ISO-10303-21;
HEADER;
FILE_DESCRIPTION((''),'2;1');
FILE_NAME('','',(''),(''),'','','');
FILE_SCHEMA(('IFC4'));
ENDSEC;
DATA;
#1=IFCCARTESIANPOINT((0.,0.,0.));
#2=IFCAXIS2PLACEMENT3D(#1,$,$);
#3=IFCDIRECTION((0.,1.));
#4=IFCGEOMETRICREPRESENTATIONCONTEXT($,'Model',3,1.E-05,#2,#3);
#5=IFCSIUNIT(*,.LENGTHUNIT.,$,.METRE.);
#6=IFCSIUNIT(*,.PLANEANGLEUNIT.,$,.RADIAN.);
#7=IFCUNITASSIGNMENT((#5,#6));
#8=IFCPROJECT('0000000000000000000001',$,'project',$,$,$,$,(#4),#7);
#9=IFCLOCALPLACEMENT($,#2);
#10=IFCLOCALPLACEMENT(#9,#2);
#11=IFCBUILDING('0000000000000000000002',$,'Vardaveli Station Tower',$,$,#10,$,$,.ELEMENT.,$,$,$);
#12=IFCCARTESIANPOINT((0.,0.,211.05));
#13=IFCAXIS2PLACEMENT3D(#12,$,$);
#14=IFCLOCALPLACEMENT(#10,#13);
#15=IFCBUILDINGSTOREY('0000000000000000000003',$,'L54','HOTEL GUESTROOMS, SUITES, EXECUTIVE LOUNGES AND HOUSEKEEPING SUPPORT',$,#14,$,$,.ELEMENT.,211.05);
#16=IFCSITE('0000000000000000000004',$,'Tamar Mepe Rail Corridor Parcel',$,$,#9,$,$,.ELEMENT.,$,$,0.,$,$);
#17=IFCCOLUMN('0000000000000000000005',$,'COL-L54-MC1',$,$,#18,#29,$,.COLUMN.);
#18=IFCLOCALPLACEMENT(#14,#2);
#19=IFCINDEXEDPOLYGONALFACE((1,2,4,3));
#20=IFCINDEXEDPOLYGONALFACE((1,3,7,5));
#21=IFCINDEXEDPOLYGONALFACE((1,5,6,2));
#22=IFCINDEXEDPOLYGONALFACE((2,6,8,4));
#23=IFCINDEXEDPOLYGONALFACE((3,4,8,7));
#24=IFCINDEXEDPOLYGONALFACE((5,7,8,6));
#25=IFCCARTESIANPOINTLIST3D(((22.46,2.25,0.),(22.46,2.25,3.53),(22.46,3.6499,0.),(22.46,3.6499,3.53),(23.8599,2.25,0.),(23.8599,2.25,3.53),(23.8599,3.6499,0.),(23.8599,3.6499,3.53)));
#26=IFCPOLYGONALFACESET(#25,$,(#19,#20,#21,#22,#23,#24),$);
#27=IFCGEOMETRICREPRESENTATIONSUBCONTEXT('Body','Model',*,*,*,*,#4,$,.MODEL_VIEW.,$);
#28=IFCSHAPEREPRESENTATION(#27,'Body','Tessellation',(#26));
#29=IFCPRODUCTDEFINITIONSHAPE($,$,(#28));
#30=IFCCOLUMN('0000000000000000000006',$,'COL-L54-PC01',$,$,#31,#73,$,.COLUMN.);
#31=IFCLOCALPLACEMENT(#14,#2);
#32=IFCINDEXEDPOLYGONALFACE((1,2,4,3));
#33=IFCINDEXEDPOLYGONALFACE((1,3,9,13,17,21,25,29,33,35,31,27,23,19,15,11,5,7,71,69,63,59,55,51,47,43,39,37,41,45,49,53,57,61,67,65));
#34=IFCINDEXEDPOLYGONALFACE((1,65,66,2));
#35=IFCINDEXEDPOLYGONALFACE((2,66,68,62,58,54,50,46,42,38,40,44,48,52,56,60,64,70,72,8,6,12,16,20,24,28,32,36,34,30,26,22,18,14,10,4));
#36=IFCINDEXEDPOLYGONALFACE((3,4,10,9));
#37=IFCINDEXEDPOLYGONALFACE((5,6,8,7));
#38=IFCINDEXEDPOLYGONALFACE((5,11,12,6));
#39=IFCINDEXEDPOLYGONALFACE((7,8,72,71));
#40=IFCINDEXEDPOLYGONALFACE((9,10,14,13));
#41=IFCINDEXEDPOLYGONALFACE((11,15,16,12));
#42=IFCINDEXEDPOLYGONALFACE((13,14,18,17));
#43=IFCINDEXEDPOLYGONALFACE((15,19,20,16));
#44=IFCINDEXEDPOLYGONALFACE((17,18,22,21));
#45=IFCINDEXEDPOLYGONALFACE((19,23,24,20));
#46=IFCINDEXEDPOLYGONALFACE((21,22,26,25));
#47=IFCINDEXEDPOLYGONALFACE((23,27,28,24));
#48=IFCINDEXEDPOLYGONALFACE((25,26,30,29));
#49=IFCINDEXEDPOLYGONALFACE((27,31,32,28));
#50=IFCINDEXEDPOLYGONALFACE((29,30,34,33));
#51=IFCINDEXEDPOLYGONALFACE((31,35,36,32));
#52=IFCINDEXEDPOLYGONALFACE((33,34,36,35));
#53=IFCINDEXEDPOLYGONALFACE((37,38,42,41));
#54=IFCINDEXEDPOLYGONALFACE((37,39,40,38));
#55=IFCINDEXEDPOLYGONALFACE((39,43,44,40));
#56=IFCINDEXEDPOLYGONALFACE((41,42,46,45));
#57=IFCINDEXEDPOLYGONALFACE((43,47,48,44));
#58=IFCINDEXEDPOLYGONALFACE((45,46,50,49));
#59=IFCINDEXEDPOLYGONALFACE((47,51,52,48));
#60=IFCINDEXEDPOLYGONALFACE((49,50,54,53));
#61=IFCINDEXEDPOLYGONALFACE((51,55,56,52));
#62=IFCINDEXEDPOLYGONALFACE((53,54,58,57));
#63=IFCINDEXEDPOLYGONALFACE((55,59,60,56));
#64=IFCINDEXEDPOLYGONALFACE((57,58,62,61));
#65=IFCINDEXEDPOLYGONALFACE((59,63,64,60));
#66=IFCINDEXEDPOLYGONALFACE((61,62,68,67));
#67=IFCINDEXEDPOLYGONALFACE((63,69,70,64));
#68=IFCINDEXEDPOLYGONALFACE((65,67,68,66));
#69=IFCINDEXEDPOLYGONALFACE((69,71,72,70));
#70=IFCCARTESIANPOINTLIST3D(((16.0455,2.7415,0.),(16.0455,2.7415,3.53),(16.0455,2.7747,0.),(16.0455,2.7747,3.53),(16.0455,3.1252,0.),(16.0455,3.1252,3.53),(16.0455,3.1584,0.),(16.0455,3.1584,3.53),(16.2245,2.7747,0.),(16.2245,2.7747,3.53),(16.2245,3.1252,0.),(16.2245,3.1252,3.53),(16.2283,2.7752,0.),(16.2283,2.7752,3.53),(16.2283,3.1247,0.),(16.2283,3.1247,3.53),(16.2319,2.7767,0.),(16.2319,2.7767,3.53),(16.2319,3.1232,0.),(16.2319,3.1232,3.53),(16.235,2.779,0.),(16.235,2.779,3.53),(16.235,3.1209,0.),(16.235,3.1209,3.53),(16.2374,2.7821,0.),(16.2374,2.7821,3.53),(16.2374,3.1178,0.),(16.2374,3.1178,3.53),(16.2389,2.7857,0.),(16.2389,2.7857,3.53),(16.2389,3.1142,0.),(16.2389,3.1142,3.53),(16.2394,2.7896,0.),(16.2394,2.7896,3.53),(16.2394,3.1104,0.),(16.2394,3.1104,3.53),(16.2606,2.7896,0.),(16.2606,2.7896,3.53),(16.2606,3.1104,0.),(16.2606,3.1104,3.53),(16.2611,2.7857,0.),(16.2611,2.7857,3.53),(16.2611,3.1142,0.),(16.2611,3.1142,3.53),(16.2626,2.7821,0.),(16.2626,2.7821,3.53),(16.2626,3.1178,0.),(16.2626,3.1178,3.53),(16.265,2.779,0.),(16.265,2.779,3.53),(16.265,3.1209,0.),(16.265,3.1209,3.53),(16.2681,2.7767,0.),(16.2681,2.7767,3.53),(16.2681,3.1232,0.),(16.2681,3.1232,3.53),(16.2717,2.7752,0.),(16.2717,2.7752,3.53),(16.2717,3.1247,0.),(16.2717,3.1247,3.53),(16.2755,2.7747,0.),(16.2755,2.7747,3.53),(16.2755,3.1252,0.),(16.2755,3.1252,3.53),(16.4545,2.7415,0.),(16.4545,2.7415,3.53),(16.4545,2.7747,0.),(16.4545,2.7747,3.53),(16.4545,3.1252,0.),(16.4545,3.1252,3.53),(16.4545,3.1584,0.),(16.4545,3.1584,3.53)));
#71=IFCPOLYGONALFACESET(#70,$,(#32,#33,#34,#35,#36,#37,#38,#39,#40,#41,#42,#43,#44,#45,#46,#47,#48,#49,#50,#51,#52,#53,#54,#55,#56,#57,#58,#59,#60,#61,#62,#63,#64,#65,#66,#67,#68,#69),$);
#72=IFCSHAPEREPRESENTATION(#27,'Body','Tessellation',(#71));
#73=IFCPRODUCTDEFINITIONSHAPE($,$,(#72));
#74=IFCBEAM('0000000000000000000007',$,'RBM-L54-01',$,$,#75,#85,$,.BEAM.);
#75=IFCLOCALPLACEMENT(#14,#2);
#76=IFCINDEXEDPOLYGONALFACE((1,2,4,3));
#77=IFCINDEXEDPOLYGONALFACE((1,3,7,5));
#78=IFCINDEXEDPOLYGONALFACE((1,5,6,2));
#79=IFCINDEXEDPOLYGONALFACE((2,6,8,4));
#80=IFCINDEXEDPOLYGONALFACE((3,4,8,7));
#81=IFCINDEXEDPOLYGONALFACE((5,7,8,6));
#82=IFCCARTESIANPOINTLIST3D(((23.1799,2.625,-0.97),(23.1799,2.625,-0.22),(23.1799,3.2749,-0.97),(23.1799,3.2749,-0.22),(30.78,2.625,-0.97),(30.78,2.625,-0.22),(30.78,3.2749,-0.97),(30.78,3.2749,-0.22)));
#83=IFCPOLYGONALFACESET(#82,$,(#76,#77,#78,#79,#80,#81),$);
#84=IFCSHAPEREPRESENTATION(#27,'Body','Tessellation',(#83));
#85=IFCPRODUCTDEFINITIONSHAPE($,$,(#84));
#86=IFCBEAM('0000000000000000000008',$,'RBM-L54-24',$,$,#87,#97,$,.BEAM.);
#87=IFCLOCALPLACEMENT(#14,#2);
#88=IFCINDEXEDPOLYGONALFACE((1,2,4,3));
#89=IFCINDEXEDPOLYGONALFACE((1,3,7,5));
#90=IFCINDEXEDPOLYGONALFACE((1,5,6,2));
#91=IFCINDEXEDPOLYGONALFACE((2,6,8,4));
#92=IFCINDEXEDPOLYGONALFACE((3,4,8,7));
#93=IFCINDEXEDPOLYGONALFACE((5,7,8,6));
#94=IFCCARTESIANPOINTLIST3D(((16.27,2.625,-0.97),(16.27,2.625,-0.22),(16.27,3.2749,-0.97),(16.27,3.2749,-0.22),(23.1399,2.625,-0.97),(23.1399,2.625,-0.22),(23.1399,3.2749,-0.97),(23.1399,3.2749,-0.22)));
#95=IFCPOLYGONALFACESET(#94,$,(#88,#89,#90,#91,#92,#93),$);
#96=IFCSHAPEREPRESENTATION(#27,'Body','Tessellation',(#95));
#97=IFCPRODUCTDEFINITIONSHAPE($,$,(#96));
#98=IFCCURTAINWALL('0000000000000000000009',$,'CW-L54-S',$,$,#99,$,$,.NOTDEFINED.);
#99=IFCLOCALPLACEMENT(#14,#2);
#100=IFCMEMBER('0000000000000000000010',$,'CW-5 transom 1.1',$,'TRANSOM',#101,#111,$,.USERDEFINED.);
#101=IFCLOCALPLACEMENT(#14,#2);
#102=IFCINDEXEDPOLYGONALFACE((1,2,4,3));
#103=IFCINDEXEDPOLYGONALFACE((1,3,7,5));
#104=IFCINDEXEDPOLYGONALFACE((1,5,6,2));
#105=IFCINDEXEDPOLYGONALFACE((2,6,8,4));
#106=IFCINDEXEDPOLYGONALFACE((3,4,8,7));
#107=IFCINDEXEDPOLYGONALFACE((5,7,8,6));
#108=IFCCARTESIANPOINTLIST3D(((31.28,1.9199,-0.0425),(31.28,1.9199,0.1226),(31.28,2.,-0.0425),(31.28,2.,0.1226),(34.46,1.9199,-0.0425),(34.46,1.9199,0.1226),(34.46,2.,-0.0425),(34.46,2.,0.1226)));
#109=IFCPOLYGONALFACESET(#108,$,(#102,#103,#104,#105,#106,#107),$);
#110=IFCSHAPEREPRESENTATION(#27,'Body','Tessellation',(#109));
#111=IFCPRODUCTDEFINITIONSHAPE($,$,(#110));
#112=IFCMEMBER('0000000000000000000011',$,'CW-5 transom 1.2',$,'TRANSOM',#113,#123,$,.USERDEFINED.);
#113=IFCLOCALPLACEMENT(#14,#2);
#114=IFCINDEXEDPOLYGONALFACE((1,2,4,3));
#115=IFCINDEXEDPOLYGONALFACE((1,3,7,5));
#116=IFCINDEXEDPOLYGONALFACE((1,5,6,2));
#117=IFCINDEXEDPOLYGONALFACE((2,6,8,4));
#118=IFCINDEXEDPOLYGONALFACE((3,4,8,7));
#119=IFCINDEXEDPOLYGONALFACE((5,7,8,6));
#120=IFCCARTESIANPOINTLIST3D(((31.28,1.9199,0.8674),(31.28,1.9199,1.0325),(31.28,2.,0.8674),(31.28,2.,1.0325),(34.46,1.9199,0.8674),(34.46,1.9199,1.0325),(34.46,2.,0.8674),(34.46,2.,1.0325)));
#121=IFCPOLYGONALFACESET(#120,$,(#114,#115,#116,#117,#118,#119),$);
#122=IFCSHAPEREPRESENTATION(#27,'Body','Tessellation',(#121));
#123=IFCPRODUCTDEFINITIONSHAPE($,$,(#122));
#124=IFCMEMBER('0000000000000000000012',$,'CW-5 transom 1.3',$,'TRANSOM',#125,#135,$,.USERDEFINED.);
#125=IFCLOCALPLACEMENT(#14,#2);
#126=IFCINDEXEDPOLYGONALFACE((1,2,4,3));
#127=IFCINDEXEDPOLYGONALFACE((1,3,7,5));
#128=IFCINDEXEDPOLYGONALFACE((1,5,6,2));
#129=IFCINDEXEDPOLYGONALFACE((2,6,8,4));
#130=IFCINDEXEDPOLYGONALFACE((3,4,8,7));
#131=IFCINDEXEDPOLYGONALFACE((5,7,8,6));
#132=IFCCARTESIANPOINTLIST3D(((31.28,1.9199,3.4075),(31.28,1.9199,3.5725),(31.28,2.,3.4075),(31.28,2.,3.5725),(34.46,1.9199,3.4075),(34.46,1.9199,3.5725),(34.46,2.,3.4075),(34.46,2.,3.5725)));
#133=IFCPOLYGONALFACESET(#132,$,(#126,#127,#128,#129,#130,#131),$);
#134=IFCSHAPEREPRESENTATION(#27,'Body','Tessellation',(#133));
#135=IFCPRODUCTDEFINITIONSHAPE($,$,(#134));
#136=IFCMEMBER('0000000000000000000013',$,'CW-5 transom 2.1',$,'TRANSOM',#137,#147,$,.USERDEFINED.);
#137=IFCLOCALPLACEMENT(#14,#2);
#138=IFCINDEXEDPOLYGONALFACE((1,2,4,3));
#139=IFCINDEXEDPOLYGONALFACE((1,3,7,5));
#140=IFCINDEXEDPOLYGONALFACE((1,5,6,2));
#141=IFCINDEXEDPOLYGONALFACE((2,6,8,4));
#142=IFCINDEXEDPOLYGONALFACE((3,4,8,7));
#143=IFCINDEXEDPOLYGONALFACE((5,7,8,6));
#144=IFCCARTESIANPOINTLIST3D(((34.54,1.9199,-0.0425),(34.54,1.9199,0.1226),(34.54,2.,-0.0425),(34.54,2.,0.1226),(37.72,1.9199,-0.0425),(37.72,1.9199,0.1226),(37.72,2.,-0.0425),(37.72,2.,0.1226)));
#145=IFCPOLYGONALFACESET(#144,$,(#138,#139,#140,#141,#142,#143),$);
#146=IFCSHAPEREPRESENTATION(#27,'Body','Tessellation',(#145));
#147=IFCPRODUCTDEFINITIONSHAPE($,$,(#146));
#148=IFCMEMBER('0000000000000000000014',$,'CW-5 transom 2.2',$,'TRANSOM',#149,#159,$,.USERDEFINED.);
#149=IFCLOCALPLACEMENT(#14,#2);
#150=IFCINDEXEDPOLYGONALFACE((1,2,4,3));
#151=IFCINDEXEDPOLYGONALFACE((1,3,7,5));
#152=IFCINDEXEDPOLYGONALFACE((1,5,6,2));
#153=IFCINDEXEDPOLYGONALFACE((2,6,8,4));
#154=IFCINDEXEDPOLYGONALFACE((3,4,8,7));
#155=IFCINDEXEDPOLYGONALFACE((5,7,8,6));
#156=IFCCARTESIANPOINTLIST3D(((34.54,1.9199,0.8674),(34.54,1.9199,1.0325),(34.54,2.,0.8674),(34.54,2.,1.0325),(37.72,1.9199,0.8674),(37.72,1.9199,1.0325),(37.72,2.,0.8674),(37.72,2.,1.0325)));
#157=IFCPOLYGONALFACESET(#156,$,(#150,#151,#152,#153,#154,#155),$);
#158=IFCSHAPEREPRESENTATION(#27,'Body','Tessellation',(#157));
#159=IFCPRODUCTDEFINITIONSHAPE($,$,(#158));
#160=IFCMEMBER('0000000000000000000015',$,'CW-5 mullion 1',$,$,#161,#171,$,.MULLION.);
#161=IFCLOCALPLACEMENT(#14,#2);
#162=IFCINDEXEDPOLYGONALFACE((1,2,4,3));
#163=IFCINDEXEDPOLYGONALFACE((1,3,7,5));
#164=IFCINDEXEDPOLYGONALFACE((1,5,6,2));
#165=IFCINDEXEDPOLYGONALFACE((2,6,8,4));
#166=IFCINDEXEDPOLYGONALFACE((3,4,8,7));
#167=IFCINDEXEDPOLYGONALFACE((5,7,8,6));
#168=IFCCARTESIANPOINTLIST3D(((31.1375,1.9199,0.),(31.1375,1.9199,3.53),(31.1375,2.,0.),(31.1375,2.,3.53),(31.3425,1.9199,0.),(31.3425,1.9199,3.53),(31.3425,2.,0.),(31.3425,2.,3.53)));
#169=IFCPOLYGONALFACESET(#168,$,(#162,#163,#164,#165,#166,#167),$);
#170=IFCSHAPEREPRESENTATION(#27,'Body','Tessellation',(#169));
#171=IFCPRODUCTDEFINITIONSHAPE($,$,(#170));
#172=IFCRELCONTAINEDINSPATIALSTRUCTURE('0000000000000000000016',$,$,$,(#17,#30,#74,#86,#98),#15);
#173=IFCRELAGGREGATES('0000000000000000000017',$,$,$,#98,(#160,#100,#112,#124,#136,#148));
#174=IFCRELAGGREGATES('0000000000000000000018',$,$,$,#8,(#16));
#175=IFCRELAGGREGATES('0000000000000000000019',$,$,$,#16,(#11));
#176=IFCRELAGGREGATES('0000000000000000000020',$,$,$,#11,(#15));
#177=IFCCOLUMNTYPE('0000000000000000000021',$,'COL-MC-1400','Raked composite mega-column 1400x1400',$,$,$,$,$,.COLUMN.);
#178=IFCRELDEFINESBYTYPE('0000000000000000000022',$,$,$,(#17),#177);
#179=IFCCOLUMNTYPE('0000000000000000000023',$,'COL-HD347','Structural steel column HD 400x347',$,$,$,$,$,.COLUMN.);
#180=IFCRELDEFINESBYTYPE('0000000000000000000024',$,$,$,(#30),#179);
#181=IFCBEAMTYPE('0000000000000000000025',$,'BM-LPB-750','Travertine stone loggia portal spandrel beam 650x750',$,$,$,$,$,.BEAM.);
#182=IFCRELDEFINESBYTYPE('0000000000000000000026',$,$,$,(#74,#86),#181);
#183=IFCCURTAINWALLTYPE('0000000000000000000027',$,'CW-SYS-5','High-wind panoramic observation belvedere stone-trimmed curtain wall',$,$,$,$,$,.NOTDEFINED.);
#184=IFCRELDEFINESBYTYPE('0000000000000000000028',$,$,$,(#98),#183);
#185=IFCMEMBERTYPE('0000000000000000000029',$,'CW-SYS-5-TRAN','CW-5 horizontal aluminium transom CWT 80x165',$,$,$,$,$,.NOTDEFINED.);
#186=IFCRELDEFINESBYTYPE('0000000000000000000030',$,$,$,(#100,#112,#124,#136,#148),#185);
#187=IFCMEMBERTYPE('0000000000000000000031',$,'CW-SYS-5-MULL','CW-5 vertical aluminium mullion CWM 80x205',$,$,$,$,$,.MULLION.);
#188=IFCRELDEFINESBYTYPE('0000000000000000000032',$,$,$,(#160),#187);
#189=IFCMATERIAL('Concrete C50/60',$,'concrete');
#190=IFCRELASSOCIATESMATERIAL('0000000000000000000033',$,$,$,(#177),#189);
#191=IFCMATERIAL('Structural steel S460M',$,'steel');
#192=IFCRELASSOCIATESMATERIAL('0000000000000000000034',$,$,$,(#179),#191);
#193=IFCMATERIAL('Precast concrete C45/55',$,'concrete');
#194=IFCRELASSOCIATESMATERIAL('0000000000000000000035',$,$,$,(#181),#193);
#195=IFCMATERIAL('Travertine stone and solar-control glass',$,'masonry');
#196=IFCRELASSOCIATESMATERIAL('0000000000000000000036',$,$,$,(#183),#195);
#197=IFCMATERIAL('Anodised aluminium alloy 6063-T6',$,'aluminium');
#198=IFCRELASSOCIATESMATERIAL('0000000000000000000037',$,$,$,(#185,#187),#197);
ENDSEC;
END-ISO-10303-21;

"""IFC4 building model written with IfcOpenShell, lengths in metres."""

from ifc_helpers import new_model, si_unit, direction, frame, origin, origin_2d, place, context, subcontext, project, spatial, rectangle, i_section, extrude, source, transform, mapped, material, material_profile, profile_set, type_object, element, aggregate, save


model = new_model("IFC4")

# Units and contexts
model_context = context("Model", 3, precision=1e-05, world=origin(), true_north=direction((0.0, 1.0)))
body_context = subcontext(model_context, "Body", "Model", "MODEL_VIEW")
ifc_project = project(units=[si_unit("LENGTHUNIT", "METRE"), si_unit("PLANEANGLEUNIT", "RADIAN")], contexts=[model_context])

# Site, building, storey
site_placement = place(None, origin())
site = spatial("IfcSite", under=ifc_project, at=site_placement, Name="Tamar Mepe Rail Corridor Parcel", CompositionType="ELEMENT", RefElevation=0.0)
building_placement = place(site_placement, origin())
building = spatial("IfcBuilding", under=site, at=building_placement, Name="Vardaveli Station Tower", CompositionType="ELEMENT")
storey_placement = place(building_placement, frame((0.0, 0.0, 211.05)))
storey = spatial("IfcBuildingStorey", under=building, at=storey_placement, Name="L54", Description="HOTEL GUESTROOMS, SUITES, EXECUTIVE LOUNGES AND HOUSEKEEPING SUPPORT", CompositionType="ELEMENT", Elevation=211.05)

# Columns
ifc_material_1 = material(Name="Concrete C50/60", Category="concrete")
ifc_material_profile_1 = material_profile(ifc_material_1, rectangle(XDim=1.3999, YDim=1.3999, at=origin_2d()), Name="MC 1400x1400")
ifc_profile_set_1 = profile_set([ifc_material_profile_1], Name="Concrete C50/60")
column_type_1 = type_object("IfcColumnType", Name="COL-MC-1400", Description="Raked composite mega-column 1400x1400", PredefinedType="COLUMN", material=ifc_profile_set_1)
shared_shape_1 = source(origin(), body_context, "Body", "SweptSolid", [
    extrude(rectangle(XDim=1.3999, YDim=1.3999, at=origin_2d()), origin(), (0.0, 0.0, 1.0), 3.53),
])
column_1_placement = place(storey_placement, frame((23.1599, 2.95, 0.0), z_axis=(0.0, 0.0, 1.0), x_axis=(1.0, 0.0, 0.0)))
element("IfcColumn", 1, at=column_1_placement, inside=storey, type_object=column_type_1, Name="COL-L54-MC1", PredefinedType="COLUMN", context=body_context, shape_type="MappedRepresentation", body=[
    mapped(shared_shape_1, transform((0.0, 0.0, 0.0), scale=1.0)),
])
ifc_material_2 = material(Name="Structural steel S460M", Category="steel")
ifc_material_profile_2 = material_profile(ifc_material_2, i_section(OverallWidth=0.4089, OverallDepth=0.417, WebThickness=0.0212, FlangeThickness=0.0332, FilletRadius=0.0149, at=origin_2d()), Name="HD 400x347")
ifc_profile_set_2 = profile_set([ifc_material_profile_2], Name="Structural steel S460M")
column_type_2 = type_object("IfcColumnType", Name="COL-HD347", Description="Structural steel column HD 400x347", PredefinedType="COLUMN", material=ifc_profile_set_2)
shared_shape_2 = source(origin(), body_context, "Body", "SweptSolid", [
    extrude(i_section(OverallWidth=0.4089, OverallDepth=0.417, WebThickness=0.0212, FlangeThickness=0.0332, FilletRadius=0.0149, at=origin_2d()), origin(), (0.0, 0.0, 1.0), 3.53),
])
column_2_placement = place(storey_placement, frame((16.25, 2.95, 0.0), z_axis=(0.0, 0.0, 1.0), x_axis=(1.0, 0.0, 0.0)))
element("IfcColumn", 2, at=column_2_placement, inside=storey, type_object=column_type_2, Name="COL-L54-PC01", PredefinedType="COLUMN", context=body_context, shape_type="MappedRepresentation", body=[
    mapped(shared_shape_2, transform((0.0, 0.0, 0.0), scale=1.0)),
])

# Beams
ifc_material_3 = material(Name="Precast concrete C45/55", Category="concrete")
ifc_material_profile_3 = material_profile(ifc_material_3, rectangle(XDim=0.6499, YDim=0.75, at=origin_2d()), Name="LPB 650x750")
ifc_profile_set_3 = profile_set([ifc_material_profile_3], Name="Precast concrete C45/55")
beam_type = type_object("IfcBeamType", Name="BM-LPB-750", Description="Travertine stone loggia portal spandrel beam 650x750", PredefinedType="BEAM", material=ifc_profile_set_3)
shared_shape_3 = source(origin(), body_context, "Body", "SweptSolid", [
    extrude(rectangle(XDim=0.6499, YDim=0.75, at=origin_2d()), origin(), (0.0, 0.0, 1.0), 7.6001),
])
beam_1_placement = place(storey_placement, frame((23.1799, 2.95, -0.595), z_axis=(1.0, 0.0, 0.0), x_axis=(0.0, 1.0, 0.0)))
element("IfcBeam", 3, at=beam_1_placement, inside=storey, type_object=beam_type, Name="RBM-L54-01", PredefinedType="BEAM", context=body_context, shape_type="MappedRepresentation", body=[
    mapped(shared_shape_3, transform((0.0, 0.0, 0.0), scale=1.0)),
])
shared_shape_4 = source(origin(), body_context, "Body", "SweptSolid", [
    extrude(rectangle(XDim=0.6499, YDim=0.75, at=origin_2d()), origin(), (0.0, 0.0, 1.0), 6.8699),
])
beam_2_placement = place(storey_placement, frame((16.27, 2.95, -0.595), z_axis=(1.0, 0.0, 0.0), x_axis=(0.0, 1.0, 0.0)))
element("IfcBeam", 4, at=beam_2_placement, inside=storey, type_object=beam_type, Name="RBM-L54-24", PredefinedType="BEAM", context=body_context, shape_type="MappedRepresentation", body=[
    mapped(shared_shape_4, transform((0.0, 0.0, 0.0), scale=1.0)),
])

# Curtain wall, members
ifc_material_4 = material(Name="Travertine stone and solar-control glass", Category="masonry")
curtain_wall_type = type_object("IfcCurtainWallType", Name="CW-SYS-5", Description="High-wind panoramic observation belvedere stone-trimmed curtain wall", PredefinedType="NOTDEFINED", material=ifc_material_4)
curtain_wall_placement = place(storey_placement, origin())
curtain_wall = element("IfcCurtainWall", 5, at=curtain_wall_placement, inside=storey, type_object=curtain_wall_type, Name="CW-L54-S", PredefinedType="NOTDEFINED")
ifc_material_5 = material(Name="Anodised aluminium alloy 6063-T6", Category="aluminium")
ifc_material_profile_4 = material_profile(ifc_material_5, rectangle(XDim=0.0801, YDim=0.165, at=origin_2d()), Name="CWT 80x165")
ifc_profile_set_4 = profile_set([ifc_material_profile_4], Name="Anodised aluminium alloy 6063-T6")
member_type_1 = type_object("IfcMemberType", Name="CW-SYS-5-TRAN", Description="CW-5 horizontal aluminium transom CWT 80x165", PredefinedType="NOTDEFINED", material=ifc_profile_set_4)
shared_shape_5 = source(origin(), body_context, "Body", "SweptSolid", [
    extrude(rectangle(XDim=0.0801, YDim=0.165, at=origin_2d()), origin(), (0.0, 0.0, 1.0), 3.1799),
])
member_1_placement = place(storey_placement, frame((31.28, 1.96, 0.04), z_axis=(1.0, 0.0, 0.0), x_axis=(0.0, 1.0, 0.0)))
member_1 = element("IfcMember", 6, at=member_1_placement, type_object=member_type_1, Name="CW-5 transom 1.1", ObjectType="TRANSOM", PredefinedType="USERDEFINED", context=body_context, shape_type="MappedRepresentation", body=[
    mapped(shared_shape_5, transform((0.0, 0.0, 0.0), scale=1.0)),
])
member_2_placement = place(storey_placement, frame((31.28, 1.96, 0.95), z_axis=(1.0, 0.0, 0.0), x_axis=(0.0, 1.0, 0.0)))
member_2 = element("IfcMember", 7, at=member_2_placement, type_object=member_type_1, Name="CW-5 transom 1.2", ObjectType="TRANSOM", PredefinedType="USERDEFINED", context=body_context, shape_type="MappedRepresentation", body=[
    mapped(shared_shape_5, transform((0.0, 0.0, 0.0), scale=1.0)),
])
member_3_placement = place(storey_placement, frame((31.28, 1.96, 3.49), z_axis=(1.0, 0.0, 0.0), x_axis=(0.0, 1.0, 0.0)))
member_3 = element("IfcMember", 8, at=member_3_placement, type_object=member_type_1, Name="CW-5 transom 1.3", ObjectType="TRANSOM", PredefinedType="USERDEFINED", context=body_context, shape_type="MappedRepresentation", body=[
    mapped(shared_shape_5, transform((0.0, 0.0, 0.0), scale=1.0)),
])
member_4_placement = place(storey_placement, frame((34.54, 1.96, 0.04), z_axis=(1.0, 0.0, 0.0), x_axis=(0.0, 1.0, 0.0)))
member_4 = element("IfcMember", 9, at=member_4_placement, type_object=member_type_1, Name="CW-5 transom 2.1", ObjectType="TRANSOM", PredefinedType="USERDEFINED", context=body_context, shape_type="MappedRepresentation", body=[
    mapped(shared_shape_5, transform((0.0, 0.0, 0.0), scale=1.0)),
])
member_5_placement = place(storey_placement, frame((34.54, 1.96, 0.95), z_axis=(1.0, 0.0, 0.0), x_axis=(0.0, 1.0, 0.0)))
member_5 = element("IfcMember", 10, at=member_5_placement, type_object=member_type_1, Name="CW-5 transom 2.2", ObjectType="TRANSOM", PredefinedType="USERDEFINED", context=body_context, shape_type="MappedRepresentation", body=[
    mapped(shared_shape_5, transform((0.0, 0.0, 0.0), scale=1.0)),
])
ifc_material_profile_5 = material_profile(ifc_material_5, rectangle(XDim=0.0801, YDim=0.2051, at=origin_2d()), Name="CWM 80x205")
ifc_profile_set_5 = profile_set([ifc_material_profile_5], Name="Anodised aluminium alloy 6063-T6")
member_type_2 = type_object("IfcMemberType", Name="CW-SYS-5-MULL", Description="CW-5 vertical aluminium mullion CWM 80x205", PredefinedType="MULLION", material=ifc_profile_set_5)
shared_shape_6 = source(origin(), body_context, "Body", "SweptSolid", [
    extrude(rectangle(XDim=0.0801, YDim=0.2051, at=origin_2d()), origin(), (0.0, 0.0, 1.0), 3.53),
])
member_6_placement = place(storey_placement, frame((31.24, 1.96, 0.0), z_axis=(0.0, 0.0, 1.0), x_axis=(0.0, 1.0, 0.0)))
member_6 = element("IfcMember", 11, at=member_6_placement, type_object=member_type_2, Name="CW-5 mullion 1", PredefinedType="MULLION", context=body_context, shape_type="MappedRepresentation", body=[
    mapped(shared_shape_6, transform((0.0, 0.0, 0.0), scale=1.0)),
])

aggregate(curtain_wall, [member_6, member_1, member_2, member_3, member_4, member_5])

save(model, "model.ifc")
